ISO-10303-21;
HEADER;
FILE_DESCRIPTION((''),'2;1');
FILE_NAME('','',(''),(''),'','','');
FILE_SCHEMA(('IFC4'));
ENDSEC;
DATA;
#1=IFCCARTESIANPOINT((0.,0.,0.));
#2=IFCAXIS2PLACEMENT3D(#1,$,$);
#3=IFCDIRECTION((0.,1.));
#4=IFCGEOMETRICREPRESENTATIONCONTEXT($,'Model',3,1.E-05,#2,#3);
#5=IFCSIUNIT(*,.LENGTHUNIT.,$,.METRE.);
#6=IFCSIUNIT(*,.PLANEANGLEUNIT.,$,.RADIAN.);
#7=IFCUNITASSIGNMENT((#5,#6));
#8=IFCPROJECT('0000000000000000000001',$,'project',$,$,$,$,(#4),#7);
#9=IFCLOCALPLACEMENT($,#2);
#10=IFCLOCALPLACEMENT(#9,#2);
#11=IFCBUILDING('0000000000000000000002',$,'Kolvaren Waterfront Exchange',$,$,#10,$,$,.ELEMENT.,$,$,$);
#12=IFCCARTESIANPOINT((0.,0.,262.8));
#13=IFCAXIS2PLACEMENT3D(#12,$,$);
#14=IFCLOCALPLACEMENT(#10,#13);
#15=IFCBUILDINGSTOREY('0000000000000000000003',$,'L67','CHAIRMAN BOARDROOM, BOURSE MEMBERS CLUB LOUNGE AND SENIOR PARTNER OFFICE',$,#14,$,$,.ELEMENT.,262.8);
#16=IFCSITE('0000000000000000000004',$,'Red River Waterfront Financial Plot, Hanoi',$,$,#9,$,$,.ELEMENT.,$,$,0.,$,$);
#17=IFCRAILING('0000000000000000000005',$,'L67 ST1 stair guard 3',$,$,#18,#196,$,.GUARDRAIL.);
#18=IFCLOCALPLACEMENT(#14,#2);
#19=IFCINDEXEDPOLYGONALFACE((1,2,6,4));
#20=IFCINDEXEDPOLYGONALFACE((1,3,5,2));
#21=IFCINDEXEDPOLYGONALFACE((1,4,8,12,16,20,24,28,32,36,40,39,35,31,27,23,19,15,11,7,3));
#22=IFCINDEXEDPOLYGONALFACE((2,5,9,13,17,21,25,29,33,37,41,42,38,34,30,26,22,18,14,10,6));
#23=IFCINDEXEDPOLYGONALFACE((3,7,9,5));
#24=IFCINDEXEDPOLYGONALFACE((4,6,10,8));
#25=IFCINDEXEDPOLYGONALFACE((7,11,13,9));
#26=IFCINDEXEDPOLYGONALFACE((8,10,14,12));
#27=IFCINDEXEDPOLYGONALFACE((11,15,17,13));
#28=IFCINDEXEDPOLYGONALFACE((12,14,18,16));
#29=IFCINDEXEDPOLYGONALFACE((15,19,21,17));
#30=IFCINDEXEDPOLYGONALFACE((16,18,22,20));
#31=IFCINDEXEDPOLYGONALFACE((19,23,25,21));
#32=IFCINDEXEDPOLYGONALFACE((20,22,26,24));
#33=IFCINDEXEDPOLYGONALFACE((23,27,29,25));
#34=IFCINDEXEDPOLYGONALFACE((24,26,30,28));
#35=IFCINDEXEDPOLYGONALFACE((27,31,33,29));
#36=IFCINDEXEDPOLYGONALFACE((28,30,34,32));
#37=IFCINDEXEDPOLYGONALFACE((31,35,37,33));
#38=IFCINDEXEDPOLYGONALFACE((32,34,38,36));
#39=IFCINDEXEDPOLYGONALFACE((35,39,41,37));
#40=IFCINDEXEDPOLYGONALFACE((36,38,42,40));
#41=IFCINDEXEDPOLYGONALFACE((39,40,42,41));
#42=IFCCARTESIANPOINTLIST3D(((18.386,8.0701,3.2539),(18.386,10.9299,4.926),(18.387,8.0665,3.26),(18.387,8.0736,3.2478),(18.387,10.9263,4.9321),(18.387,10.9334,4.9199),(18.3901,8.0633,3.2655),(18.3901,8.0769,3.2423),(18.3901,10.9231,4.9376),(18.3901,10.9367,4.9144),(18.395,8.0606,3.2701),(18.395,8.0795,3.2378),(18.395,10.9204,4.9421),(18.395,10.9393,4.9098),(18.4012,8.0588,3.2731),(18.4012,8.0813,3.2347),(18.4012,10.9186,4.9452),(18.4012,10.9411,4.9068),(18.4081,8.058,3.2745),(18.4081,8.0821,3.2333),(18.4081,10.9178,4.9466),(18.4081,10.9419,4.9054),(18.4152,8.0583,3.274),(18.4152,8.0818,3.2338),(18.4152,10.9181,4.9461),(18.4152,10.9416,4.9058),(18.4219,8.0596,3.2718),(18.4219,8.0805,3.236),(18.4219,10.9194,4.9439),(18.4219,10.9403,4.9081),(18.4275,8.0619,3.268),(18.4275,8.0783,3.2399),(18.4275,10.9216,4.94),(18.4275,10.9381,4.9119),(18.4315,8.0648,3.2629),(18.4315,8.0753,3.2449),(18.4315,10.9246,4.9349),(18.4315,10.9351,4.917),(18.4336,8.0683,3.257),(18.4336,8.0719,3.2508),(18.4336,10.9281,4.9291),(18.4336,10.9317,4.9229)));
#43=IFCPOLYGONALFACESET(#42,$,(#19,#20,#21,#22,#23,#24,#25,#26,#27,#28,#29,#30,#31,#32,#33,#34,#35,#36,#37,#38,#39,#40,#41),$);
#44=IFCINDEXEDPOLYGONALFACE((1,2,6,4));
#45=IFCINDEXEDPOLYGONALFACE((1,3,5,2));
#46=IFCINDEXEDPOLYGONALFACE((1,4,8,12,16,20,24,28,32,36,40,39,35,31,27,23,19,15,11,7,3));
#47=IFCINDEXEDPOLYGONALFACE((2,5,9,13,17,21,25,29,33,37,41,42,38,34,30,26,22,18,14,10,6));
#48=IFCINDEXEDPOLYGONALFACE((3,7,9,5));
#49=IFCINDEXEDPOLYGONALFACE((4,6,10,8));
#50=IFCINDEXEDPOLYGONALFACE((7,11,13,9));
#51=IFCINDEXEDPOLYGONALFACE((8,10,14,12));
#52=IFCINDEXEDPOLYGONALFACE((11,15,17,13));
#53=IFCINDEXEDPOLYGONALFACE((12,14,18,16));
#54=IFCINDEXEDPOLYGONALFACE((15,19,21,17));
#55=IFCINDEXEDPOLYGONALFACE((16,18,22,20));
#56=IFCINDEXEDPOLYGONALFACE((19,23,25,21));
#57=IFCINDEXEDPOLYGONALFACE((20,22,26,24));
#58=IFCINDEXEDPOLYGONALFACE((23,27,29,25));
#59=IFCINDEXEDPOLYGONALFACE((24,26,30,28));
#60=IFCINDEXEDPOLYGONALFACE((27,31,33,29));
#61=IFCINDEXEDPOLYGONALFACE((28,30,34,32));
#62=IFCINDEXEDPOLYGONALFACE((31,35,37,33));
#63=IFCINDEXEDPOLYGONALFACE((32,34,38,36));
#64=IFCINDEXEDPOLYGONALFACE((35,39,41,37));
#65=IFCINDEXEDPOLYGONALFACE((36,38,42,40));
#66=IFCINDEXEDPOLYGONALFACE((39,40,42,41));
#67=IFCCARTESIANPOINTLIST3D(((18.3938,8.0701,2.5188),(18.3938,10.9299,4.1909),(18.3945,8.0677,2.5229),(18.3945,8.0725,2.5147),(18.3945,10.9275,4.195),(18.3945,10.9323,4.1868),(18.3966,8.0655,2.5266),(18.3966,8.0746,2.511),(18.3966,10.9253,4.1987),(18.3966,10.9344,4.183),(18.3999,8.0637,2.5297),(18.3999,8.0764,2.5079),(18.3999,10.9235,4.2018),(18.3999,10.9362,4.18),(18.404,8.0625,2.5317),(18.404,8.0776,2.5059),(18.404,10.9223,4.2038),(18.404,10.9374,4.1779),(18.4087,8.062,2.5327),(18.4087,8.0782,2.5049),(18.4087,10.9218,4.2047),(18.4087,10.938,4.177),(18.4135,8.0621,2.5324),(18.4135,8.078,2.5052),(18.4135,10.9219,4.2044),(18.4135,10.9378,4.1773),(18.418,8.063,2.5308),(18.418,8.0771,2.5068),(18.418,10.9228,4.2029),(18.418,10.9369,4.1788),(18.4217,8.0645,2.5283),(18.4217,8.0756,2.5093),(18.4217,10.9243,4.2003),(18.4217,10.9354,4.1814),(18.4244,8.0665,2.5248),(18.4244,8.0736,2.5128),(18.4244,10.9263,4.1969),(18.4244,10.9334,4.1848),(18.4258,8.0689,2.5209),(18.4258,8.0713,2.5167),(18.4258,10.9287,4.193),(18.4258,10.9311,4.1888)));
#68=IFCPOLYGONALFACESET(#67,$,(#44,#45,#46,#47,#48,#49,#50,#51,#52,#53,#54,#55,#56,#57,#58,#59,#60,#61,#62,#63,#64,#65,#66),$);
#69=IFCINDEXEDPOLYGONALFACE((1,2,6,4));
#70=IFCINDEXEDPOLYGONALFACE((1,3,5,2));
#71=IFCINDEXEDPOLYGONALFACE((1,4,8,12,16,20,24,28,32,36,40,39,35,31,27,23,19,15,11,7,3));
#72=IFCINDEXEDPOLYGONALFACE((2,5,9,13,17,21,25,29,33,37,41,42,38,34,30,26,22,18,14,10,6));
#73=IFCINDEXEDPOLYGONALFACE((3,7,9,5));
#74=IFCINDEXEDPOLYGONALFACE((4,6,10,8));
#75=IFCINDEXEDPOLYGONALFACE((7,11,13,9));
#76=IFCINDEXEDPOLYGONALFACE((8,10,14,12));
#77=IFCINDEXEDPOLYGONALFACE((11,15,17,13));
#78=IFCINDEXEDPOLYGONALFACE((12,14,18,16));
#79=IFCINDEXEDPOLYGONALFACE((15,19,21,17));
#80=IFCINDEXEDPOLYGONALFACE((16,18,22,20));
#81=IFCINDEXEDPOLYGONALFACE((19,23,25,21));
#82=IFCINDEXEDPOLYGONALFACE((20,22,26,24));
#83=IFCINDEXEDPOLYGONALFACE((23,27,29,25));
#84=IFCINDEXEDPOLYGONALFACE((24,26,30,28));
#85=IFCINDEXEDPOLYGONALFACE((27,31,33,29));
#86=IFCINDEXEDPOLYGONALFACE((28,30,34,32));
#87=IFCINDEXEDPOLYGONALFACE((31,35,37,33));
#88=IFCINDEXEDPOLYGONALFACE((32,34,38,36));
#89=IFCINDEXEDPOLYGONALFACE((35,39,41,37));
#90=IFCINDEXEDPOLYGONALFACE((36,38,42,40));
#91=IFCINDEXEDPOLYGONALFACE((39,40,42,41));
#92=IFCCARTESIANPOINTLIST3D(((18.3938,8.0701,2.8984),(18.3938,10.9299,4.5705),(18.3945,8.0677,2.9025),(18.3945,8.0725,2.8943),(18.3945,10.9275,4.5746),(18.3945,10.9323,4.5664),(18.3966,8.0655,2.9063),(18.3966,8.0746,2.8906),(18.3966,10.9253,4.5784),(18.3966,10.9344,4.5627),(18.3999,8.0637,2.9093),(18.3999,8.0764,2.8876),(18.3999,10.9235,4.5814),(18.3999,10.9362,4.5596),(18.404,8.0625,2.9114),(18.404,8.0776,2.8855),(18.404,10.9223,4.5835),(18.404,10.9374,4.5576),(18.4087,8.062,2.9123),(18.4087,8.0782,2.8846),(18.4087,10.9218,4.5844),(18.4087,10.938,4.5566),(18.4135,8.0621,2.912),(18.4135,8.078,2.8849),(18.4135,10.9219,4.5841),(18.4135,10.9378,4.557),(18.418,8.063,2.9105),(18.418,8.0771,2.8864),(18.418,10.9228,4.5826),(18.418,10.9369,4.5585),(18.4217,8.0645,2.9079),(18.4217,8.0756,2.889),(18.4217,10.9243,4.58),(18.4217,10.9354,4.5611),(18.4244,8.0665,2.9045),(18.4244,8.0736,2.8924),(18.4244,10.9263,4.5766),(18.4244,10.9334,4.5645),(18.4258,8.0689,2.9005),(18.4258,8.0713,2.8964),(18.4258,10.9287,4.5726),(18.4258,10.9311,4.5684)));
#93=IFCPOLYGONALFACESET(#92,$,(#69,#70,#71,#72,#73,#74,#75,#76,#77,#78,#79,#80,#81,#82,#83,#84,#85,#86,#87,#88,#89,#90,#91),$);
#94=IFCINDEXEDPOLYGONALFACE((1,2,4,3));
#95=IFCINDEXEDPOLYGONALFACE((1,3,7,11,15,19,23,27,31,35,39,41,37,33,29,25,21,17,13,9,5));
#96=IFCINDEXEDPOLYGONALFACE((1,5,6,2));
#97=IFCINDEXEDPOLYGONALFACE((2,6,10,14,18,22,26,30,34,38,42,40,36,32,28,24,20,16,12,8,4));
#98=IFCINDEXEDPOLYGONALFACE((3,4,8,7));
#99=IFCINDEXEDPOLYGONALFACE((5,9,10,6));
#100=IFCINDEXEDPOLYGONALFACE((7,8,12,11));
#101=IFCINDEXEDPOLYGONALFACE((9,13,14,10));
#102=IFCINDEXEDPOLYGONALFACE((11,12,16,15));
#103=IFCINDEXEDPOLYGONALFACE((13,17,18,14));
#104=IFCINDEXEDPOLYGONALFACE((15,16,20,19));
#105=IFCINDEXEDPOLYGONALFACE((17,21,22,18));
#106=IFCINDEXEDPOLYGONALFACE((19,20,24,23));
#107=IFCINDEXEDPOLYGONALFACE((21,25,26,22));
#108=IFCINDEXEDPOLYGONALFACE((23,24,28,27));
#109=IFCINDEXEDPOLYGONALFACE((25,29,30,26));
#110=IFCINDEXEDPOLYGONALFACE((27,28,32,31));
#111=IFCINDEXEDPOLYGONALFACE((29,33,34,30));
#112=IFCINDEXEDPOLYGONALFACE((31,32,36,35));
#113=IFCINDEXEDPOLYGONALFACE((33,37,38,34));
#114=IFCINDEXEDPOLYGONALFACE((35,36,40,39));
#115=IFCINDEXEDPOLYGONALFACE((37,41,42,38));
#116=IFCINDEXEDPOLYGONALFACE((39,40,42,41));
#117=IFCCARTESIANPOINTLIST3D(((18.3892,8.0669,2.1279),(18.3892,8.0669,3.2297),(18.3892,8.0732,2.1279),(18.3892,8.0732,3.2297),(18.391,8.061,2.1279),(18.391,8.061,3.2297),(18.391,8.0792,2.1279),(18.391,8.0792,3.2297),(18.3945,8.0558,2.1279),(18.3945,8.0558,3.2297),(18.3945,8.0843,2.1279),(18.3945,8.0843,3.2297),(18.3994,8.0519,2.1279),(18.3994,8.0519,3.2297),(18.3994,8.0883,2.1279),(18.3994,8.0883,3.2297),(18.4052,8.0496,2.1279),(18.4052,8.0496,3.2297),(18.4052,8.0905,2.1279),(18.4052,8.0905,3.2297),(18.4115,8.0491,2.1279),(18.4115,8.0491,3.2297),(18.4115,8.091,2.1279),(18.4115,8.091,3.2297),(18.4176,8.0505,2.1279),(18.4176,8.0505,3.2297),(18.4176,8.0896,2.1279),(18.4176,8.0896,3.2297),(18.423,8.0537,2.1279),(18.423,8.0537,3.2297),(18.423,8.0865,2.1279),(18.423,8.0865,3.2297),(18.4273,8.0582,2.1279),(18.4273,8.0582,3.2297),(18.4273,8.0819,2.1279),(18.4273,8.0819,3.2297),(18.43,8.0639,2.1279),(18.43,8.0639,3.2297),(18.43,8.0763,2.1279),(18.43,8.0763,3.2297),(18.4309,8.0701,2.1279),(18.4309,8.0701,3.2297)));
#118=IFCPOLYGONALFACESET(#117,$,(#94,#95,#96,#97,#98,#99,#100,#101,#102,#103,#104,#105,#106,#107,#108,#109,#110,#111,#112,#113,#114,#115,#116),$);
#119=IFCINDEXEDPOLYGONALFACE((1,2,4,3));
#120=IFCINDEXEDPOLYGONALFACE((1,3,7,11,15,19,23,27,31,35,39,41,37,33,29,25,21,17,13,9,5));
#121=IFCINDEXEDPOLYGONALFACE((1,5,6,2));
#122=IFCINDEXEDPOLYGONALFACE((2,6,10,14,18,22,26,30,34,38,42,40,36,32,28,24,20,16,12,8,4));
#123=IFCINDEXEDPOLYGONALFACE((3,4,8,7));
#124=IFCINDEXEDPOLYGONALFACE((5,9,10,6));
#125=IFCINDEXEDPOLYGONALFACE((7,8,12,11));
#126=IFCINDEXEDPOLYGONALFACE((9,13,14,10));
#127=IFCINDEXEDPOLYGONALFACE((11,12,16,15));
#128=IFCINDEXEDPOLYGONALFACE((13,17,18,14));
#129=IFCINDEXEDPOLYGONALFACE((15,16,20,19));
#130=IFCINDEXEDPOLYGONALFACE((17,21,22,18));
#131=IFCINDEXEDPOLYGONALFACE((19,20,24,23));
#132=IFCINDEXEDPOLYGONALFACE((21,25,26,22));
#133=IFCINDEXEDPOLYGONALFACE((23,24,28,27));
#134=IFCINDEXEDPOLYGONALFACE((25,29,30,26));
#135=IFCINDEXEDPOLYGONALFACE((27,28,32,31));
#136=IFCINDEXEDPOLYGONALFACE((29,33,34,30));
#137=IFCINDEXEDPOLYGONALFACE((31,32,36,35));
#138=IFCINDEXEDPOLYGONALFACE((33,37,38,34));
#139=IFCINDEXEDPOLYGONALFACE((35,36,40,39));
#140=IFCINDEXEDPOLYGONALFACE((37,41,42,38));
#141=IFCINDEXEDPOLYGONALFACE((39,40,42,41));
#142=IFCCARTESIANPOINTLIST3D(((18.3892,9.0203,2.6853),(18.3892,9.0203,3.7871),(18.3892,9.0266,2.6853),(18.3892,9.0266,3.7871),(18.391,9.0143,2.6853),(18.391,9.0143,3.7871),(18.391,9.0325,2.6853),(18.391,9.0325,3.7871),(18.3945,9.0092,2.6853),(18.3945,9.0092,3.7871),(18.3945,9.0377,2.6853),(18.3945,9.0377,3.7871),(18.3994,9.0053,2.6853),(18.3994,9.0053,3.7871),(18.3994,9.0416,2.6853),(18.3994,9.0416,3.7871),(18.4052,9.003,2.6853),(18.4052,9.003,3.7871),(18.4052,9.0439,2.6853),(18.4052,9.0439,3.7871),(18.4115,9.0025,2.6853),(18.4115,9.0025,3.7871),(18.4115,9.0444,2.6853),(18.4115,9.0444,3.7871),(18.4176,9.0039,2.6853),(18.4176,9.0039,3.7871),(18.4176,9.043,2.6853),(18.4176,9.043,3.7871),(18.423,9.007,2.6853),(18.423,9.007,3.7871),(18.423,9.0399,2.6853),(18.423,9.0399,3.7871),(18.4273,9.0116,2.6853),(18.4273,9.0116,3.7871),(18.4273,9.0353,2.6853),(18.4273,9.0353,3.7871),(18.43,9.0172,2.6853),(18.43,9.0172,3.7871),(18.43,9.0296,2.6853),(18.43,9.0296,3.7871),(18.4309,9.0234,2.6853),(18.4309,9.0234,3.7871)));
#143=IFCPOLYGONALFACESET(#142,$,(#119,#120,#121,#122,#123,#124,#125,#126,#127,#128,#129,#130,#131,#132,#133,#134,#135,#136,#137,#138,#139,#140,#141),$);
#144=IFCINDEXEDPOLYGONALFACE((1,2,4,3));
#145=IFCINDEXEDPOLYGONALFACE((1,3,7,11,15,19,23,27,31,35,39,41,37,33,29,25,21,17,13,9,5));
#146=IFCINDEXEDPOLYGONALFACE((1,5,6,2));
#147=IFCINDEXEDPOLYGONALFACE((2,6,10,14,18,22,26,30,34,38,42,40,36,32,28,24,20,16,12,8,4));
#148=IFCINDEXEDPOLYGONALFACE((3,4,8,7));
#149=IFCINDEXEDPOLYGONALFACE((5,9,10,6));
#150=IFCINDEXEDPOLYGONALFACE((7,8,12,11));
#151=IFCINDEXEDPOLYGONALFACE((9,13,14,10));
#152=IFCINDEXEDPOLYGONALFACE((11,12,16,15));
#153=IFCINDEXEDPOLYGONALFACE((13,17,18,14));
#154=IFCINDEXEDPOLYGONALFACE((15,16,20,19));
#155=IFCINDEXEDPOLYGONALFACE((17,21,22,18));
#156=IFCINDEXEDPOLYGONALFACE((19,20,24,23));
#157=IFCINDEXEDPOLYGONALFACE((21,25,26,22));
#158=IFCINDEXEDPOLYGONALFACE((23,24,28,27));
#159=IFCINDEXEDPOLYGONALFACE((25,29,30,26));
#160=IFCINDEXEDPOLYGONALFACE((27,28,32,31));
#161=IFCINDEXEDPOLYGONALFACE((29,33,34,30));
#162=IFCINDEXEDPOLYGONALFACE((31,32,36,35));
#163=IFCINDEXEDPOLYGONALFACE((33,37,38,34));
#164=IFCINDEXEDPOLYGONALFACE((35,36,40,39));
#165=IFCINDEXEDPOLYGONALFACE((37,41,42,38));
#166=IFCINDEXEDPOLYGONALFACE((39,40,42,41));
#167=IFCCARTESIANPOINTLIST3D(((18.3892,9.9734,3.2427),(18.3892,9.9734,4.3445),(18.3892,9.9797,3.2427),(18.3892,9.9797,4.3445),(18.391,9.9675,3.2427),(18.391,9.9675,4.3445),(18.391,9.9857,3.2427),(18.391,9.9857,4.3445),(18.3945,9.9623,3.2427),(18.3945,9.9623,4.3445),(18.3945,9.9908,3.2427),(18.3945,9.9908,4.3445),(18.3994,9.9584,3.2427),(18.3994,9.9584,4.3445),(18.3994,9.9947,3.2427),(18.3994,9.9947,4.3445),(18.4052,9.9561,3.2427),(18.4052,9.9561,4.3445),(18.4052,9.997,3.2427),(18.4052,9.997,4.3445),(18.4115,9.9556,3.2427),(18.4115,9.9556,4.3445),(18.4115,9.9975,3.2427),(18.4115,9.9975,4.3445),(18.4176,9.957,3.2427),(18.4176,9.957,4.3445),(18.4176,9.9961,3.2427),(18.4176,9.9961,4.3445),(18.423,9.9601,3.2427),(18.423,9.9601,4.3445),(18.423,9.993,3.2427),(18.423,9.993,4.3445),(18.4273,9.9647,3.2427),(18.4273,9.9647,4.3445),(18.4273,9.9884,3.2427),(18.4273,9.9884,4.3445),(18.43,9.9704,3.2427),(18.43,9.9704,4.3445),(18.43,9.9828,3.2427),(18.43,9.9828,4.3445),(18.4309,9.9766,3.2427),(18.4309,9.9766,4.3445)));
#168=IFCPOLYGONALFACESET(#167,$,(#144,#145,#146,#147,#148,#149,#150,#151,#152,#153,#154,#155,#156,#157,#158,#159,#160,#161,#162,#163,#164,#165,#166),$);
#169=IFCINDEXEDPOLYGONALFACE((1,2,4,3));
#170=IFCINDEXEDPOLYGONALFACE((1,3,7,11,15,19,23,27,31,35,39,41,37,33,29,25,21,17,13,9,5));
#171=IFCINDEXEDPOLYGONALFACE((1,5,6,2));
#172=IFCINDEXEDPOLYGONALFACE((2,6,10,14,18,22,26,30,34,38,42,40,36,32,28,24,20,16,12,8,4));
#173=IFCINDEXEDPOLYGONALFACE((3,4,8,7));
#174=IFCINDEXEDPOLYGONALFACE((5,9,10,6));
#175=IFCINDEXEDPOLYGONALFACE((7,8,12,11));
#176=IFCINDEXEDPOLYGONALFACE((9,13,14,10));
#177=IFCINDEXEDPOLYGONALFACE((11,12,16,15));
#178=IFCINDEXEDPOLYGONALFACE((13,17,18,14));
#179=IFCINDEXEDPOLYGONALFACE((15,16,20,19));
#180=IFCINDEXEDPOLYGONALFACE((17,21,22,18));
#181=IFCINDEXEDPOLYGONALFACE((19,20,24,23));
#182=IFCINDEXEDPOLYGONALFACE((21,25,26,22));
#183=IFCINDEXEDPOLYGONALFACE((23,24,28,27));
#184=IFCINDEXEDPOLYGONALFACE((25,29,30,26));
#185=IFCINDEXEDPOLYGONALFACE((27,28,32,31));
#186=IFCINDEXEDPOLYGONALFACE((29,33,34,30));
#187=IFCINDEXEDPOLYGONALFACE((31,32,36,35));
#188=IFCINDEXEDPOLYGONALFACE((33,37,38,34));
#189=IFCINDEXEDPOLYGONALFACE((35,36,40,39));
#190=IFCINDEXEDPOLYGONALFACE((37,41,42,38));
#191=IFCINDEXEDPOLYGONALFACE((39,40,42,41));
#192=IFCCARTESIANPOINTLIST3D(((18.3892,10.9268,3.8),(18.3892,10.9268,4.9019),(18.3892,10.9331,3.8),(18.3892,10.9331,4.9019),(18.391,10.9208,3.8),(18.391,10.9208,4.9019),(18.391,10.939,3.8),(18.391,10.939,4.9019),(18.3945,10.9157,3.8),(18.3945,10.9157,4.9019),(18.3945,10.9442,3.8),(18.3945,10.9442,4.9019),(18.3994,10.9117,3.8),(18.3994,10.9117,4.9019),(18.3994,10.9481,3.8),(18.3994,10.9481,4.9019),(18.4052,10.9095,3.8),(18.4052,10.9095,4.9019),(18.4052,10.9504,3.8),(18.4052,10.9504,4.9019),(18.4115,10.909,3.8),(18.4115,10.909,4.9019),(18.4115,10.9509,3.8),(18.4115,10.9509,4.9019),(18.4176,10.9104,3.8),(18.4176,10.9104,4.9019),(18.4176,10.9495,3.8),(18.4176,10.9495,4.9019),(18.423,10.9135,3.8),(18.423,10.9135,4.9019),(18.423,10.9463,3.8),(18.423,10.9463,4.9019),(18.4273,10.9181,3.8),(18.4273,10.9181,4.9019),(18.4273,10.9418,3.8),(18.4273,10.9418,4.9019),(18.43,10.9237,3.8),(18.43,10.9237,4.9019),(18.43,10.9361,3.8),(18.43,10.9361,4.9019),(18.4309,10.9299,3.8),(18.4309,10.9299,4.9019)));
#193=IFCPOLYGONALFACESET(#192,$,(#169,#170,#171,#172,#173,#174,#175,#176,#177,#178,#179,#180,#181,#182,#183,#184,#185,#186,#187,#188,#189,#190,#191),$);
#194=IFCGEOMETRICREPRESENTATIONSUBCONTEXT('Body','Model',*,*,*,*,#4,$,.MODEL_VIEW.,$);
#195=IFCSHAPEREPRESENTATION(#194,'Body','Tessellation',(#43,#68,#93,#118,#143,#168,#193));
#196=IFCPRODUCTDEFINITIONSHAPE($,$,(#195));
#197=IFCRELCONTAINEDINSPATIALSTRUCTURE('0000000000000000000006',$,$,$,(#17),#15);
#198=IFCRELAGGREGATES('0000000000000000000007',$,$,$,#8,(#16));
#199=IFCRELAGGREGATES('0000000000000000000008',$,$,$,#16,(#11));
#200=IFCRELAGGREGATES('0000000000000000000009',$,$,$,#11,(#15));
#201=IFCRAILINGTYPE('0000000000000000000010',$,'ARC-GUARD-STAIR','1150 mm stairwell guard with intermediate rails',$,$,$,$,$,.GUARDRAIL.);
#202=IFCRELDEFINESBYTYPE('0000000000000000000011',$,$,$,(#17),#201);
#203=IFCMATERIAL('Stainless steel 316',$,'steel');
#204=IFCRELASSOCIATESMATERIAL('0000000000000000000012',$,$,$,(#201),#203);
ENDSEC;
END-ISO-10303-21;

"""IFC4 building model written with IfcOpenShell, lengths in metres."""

from ifc_helpers import new_model, si_unit, direction, frame, origin, origin_2d, place, context, subcontext, project, spatial, circle, extrude, material, type_object, element, save


model = new_model("IFC4")

# Units and contexts
model_context = context("Model", 3, precision=1e-05, world=origin(), true_north=direction((0.0, 1.0)))
body_context = subcontext(model_context, "Body", "Model", "MODEL_VIEW")
ifc_project = project(units=[si_unit("LENGTHUNIT", "METRE"), si_unit("PLANEANGLEUNIT", "RADIAN")], contexts=[model_context])

# Site, building, storey
site_placement = place(None, origin())
site = spatial("IfcSite", under=ifc_project, at=site_placement, Name="Red River Waterfront Financial Plot, Hanoi", CompositionType="ELEMENT", RefElevation=0.0)
building_placement = place(site_placement, origin())
building = spatial("IfcBuilding", under=site, at=building_placement, Name="Kolvaren Waterfront Exchange", CompositionType="ELEMENT")
storey_placement = place(building_placement, frame((0.0, 0.0, 262.8)))
storey = spatial("IfcBuildingStorey", under=building, at=storey_placement, Name="L67", Description="CHAIRMAN BOARDROOM, BOURSE MEMBERS CLUB LOUNGE AND SENIOR PARTNER OFFICE", CompositionType="ELEMENT", Elevation=262.8)

# Railing
ifc_material_1 = material(Name="Stainless steel 316", Category="steel")
railing_type_1 = type_object("IfcRailingType", Name="ARC-GUARD-STAIR", Description="1150 mm stairwell guard with intermediate rails", PredefinedType="GUARDRAIL", material=ifc_material_1)
railing_1_placement = place(storey_placement, frame((18.4099, 8.0701, 2.1279)))
element("IfcRailing", 1, at=railing_1_placement, inside=storey, type_object=railing_type_1, Name="L67 ST1 stair guard 3", PredefinedType="GUARDRAIL", context=body_context, shape_type="SweptSolid", body=[
    extrude(circle(Radius=0.0239, at=origin_2d()), frame((0.0, 0.0, 1.126), z_axis=(0.0, 0.863271, 0.504741), x_axis=(-1.0, 0.0, 0.0)), (0.0, 0.0, 1.0), 3.3127),
    extrude(circle(Radius=0.0161, at=origin_2d()), frame((0.0, 0.0, 0.3909), z_axis=(0.0, 0.863271, 0.504741), x_axis=(-1.0, 0.0, 0.0)), (0.0, 0.0, 1.0), 3.3127),
    extrude(circle(Radius=0.0161, at=origin_2d()), frame((0.0, 0.0, 0.7705), z_axis=(0.0, 0.863271, 0.504741), x_axis=(-1.0, 0.0, 0.0)), (0.0, 0.0, 1.0), 3.3127),
    extrude(circle(Radius=0.021, at=origin_2d()), origin(), (0.0, 0.0, 1.0), 1.1018),
    extrude(circle(Radius=0.021, at=origin_2d()), frame((0.0, 0.9534, 0.5574)), (0.0, 0.0, 1.0), 1.1018),
    extrude(circle(Radius=0.021, at=origin_2d()), frame((0.0, 1.9065, 1.1147)), (0.0, 0.0, 1.0), 1.1018),
    extrude(circle(Radius=0.021, at=origin_2d()), frame((0.0, 2.8599, 1.6721)), (0.0, 0.0, 1.0), 1.1018),
])

save(model, "model.ifc")
